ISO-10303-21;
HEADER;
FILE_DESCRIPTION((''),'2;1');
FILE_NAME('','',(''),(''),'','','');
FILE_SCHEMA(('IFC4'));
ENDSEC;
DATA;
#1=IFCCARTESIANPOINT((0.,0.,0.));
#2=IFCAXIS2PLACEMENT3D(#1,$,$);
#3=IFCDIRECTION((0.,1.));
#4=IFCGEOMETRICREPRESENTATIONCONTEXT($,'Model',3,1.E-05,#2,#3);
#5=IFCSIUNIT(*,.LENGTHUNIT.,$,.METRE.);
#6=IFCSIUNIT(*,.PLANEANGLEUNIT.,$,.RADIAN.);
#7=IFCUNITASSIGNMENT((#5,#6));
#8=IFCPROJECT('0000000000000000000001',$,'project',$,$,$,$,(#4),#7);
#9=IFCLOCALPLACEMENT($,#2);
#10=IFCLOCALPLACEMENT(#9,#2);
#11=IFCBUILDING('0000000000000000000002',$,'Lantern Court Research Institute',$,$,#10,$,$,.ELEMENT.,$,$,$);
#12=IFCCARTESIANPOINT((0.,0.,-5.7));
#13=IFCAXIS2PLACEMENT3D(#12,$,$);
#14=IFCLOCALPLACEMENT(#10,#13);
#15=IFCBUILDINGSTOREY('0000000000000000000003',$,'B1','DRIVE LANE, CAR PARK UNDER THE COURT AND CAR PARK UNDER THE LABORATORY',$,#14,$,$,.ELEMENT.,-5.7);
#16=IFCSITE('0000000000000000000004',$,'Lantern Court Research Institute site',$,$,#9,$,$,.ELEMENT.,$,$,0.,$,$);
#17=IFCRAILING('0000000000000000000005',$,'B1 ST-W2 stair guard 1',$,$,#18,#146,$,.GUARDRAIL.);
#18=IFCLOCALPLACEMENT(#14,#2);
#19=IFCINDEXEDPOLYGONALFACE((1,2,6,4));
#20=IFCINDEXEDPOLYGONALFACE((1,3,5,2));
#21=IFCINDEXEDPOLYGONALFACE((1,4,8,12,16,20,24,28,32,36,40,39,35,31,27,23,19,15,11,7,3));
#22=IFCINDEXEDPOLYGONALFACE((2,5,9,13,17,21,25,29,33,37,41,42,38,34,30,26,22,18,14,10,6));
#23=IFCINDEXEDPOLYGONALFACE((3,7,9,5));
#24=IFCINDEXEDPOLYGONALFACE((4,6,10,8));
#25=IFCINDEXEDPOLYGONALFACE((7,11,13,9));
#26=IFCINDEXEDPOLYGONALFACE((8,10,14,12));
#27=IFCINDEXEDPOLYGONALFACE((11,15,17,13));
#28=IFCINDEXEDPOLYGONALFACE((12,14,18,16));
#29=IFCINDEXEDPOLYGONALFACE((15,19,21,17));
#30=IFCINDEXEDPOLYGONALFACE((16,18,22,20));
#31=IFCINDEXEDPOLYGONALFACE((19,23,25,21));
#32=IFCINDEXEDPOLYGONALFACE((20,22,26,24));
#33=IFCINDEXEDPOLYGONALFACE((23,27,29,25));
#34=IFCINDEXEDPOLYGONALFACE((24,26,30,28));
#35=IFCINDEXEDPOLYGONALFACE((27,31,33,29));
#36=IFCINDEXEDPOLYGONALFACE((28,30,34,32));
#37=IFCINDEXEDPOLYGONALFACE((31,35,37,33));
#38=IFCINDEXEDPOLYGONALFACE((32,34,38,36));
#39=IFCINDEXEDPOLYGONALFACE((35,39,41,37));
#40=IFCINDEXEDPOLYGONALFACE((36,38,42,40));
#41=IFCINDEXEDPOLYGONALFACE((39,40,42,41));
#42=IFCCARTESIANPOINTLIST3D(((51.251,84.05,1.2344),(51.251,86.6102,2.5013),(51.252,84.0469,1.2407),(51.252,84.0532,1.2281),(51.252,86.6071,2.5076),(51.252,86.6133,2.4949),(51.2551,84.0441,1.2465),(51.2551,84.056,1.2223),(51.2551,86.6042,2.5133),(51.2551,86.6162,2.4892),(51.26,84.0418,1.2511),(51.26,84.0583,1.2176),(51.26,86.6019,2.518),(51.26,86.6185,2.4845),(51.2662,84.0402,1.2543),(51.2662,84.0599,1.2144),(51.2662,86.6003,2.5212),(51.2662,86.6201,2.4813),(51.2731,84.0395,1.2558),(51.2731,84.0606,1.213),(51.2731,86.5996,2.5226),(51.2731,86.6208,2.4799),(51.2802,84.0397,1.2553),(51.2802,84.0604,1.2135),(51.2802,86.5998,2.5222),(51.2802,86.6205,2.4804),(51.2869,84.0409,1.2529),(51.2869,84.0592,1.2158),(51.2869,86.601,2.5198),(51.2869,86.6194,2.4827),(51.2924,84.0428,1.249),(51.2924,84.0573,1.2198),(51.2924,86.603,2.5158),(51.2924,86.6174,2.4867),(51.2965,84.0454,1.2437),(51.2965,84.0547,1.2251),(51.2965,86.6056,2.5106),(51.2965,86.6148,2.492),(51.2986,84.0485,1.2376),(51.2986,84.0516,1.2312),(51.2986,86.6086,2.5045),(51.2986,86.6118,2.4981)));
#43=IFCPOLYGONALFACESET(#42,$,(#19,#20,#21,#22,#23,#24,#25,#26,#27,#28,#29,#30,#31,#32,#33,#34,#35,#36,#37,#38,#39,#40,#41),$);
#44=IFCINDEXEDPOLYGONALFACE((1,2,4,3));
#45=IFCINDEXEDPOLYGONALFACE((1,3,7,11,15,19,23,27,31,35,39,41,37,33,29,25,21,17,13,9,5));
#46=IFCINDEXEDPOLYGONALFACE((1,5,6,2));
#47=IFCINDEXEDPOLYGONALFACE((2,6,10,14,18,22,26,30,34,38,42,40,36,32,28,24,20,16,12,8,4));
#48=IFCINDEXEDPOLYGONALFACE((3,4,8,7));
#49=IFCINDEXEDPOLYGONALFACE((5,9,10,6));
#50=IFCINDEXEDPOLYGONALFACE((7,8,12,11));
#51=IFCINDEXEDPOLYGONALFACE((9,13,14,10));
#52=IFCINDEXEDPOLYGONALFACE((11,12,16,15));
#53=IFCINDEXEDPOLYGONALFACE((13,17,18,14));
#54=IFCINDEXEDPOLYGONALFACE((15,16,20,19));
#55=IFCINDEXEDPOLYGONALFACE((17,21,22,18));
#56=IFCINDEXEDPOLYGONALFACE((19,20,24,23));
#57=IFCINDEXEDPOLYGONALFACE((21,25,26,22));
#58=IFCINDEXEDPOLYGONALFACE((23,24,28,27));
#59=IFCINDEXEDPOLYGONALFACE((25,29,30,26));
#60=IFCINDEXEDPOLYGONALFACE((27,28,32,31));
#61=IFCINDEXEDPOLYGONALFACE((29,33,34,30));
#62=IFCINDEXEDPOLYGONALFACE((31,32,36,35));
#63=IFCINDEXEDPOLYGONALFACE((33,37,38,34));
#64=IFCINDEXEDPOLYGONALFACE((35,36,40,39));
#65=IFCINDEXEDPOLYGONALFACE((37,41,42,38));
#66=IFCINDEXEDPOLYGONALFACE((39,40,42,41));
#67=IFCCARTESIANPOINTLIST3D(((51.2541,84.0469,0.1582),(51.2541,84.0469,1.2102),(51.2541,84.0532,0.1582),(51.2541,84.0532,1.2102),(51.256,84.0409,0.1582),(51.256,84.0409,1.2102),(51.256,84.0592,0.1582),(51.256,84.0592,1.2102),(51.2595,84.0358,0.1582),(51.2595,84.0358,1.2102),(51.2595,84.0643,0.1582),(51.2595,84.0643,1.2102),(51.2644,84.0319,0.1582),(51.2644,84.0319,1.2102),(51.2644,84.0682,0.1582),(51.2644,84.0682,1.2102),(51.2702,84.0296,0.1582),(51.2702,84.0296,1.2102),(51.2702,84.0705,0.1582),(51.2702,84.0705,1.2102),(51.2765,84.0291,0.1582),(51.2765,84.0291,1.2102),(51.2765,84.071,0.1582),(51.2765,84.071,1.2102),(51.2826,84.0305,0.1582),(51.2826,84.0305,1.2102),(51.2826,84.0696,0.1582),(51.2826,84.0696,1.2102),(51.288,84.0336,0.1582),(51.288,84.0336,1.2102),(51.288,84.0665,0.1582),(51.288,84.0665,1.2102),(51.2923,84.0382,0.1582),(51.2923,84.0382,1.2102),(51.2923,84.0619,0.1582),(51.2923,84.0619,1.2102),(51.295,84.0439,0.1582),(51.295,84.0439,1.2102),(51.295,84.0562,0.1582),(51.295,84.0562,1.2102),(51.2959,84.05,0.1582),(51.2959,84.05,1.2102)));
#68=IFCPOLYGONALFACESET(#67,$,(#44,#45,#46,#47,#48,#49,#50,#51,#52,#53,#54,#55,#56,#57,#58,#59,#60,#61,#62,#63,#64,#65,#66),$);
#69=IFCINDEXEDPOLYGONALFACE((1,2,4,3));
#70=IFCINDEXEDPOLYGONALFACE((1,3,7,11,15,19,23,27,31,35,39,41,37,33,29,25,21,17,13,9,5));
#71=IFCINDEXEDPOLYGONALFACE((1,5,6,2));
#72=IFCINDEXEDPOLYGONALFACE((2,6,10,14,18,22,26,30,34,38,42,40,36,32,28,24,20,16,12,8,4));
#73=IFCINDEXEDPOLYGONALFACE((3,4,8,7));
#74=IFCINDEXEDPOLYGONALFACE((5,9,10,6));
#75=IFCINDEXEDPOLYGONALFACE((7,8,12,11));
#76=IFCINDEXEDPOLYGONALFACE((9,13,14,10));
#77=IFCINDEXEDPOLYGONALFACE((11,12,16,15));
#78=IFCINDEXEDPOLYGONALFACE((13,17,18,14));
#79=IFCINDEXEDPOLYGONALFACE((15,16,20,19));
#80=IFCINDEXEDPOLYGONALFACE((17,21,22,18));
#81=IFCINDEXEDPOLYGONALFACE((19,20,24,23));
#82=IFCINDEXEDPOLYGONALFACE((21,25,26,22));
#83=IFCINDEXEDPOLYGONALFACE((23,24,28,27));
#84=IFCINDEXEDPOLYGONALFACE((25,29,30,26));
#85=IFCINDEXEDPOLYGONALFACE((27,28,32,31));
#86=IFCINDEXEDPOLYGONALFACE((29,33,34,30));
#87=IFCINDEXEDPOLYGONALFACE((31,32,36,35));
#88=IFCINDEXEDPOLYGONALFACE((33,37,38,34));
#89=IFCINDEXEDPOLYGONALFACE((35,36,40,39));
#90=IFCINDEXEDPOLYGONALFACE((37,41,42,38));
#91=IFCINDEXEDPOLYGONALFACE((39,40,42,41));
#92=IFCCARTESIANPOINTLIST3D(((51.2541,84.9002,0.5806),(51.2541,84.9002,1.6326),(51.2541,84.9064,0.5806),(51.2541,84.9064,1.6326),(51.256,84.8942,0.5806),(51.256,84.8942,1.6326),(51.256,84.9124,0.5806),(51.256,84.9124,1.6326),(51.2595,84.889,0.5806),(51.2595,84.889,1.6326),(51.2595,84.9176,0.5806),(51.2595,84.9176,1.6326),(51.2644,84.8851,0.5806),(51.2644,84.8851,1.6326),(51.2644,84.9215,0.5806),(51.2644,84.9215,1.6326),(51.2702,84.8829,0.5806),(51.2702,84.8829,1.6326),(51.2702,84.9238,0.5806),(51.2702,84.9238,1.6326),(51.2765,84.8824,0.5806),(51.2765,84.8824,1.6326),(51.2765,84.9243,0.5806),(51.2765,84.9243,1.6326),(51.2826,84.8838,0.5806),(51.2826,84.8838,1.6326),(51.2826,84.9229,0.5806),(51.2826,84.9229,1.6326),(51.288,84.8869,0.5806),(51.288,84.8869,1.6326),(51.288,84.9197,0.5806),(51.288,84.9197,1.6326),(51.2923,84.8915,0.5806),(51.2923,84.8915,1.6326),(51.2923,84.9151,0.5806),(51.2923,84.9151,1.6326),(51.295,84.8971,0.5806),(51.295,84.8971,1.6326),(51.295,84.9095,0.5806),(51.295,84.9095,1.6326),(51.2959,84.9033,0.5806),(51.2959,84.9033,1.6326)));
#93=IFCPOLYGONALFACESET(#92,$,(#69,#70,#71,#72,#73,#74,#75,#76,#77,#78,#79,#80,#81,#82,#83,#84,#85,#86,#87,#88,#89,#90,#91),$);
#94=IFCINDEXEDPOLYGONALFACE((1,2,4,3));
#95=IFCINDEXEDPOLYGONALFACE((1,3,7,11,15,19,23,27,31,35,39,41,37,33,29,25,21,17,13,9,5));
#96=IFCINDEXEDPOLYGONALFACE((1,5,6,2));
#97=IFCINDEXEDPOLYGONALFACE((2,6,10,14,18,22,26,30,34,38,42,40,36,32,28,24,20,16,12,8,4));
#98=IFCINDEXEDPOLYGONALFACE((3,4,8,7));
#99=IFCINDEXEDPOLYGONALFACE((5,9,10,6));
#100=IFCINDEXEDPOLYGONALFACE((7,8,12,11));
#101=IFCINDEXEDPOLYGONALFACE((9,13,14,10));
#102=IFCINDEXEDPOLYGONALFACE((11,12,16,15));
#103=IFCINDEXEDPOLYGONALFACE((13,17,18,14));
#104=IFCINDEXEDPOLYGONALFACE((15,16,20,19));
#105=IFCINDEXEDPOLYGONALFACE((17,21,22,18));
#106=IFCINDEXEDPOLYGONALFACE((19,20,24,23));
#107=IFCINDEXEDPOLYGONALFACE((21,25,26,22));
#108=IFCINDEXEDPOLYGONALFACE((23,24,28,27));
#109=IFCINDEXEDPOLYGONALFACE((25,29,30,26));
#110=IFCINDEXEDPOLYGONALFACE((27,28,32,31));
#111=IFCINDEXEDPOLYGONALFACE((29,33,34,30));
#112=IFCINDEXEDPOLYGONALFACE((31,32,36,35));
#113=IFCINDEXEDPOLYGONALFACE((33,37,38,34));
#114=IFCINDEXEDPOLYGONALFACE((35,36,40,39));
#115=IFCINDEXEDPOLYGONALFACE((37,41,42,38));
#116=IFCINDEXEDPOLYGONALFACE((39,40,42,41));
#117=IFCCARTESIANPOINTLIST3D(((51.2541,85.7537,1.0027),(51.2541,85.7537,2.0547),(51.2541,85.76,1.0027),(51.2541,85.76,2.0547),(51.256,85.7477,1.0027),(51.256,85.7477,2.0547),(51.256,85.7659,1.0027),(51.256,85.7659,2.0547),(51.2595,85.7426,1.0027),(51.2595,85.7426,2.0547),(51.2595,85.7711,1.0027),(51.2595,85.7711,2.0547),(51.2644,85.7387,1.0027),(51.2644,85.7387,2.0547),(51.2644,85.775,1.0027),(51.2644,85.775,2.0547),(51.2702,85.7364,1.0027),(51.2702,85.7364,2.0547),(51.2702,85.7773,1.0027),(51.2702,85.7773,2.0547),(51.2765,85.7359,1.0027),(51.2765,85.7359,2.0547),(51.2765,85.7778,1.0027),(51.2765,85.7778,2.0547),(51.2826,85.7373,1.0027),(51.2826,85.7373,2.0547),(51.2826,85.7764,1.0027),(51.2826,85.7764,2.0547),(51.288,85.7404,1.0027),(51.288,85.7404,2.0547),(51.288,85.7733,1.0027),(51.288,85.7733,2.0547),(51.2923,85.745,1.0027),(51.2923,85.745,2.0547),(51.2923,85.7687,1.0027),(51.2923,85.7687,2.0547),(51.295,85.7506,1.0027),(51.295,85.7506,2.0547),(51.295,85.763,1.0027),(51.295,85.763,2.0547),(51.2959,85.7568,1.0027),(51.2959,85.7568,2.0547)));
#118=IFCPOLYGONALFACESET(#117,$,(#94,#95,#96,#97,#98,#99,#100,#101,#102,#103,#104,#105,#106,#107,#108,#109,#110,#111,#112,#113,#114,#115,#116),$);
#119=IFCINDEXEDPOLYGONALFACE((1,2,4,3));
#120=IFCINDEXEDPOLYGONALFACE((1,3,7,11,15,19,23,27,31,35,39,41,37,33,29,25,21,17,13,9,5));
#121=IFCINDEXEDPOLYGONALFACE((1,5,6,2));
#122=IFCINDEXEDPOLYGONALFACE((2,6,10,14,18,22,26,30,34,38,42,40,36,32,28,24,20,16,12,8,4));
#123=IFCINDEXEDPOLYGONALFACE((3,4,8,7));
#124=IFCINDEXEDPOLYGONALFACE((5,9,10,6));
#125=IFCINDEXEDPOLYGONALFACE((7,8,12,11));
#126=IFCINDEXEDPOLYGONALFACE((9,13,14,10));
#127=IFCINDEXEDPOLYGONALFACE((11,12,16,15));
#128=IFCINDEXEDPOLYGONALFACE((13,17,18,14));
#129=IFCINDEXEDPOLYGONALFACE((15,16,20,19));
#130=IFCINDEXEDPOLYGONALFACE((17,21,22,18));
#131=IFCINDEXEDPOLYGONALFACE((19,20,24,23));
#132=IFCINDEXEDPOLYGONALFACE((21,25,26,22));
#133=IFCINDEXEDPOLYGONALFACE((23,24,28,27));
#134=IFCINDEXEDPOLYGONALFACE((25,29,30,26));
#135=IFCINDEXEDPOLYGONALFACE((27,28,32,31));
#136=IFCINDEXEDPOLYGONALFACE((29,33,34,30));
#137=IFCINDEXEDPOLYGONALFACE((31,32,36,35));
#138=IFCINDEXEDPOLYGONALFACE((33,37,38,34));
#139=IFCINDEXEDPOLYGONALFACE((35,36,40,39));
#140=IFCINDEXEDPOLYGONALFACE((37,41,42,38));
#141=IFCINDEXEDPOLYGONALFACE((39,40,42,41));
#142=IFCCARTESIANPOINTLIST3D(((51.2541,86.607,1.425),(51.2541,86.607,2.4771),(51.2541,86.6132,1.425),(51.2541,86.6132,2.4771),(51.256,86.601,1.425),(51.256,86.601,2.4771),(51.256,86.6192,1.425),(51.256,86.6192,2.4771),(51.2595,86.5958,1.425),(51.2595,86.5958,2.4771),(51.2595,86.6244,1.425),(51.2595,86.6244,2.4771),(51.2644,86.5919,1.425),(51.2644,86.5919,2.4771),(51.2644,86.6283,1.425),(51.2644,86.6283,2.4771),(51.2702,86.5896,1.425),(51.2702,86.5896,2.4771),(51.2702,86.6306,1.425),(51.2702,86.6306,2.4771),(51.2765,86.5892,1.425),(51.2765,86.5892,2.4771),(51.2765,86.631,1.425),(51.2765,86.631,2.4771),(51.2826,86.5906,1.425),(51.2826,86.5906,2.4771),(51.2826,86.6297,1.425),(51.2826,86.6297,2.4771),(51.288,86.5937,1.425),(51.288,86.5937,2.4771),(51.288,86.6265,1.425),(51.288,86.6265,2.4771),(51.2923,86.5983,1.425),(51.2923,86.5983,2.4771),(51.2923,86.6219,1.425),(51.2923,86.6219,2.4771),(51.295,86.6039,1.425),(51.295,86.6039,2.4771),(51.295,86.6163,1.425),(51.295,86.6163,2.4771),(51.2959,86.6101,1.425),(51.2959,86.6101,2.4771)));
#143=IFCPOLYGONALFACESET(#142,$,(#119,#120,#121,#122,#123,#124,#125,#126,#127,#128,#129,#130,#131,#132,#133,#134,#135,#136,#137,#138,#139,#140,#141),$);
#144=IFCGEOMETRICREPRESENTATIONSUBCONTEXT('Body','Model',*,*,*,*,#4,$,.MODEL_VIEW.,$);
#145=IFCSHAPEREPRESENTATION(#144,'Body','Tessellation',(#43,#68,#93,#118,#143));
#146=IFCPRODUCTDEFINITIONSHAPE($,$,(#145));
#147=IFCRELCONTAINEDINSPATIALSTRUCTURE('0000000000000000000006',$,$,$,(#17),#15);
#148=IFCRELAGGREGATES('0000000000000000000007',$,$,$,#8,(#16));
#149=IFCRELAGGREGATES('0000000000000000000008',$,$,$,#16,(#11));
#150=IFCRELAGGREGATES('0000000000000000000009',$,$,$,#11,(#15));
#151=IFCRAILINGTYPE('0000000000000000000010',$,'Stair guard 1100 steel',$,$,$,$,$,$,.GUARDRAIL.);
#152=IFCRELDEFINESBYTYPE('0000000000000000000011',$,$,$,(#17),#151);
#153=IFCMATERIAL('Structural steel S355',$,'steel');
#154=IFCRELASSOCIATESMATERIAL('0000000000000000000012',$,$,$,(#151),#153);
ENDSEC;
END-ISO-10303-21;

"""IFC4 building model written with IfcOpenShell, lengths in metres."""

from ifc_helpers import new_model, si_unit, direction, frame, origin, origin_2d, place, context, subcontext, project, spatial, circle, extrude, material, type_object, element, save


model = new_model("IFC4")

# Units and contexts
model_context = context("Model", 3, precision=1e-05, world=origin(), true_north=direction((0.0, 1.0)))
body_context = subcontext(model_context, "Body", "Model", "MODEL_VIEW")
ifc_project = project(units=[si_unit("LENGTHUNIT", "METRE"), si_unit("PLANEANGLEUNIT", "RADIAN")], contexts=[model_context])

# Site, building, storey
site_placement = place(None, origin())
site = spatial("IfcSite", under=ifc_project, at=site_placement, Name="Lantern Court Research Institute site", CompositionType="ELEMENT", RefElevation=0.0)
building_placement = place(site_placement, origin())
building = spatial("IfcBuilding", under=site, at=building_placement, Name="Lantern Court Research Institute", CompositionType="ELEMENT")
storey_placement = place(building_placement, frame((0.0, 0.0, -5.7)))
storey = spatial("IfcBuildingStorey", under=building, at=storey_placement, Name="B1", Description="DRIVE LANE, CAR PARK UNDER THE COURT AND CAR PARK UNDER THE LABORATORY", CompositionType="ELEMENT", Elevation=-5.7)

# Railing
ifc_material_1 = material(Name="Structural steel S355", Category="steel")
railing_type_1 = type_object("IfcRailingType", Name="Stair guard 1100 steel", PredefinedType="GUARDRAIL", material=ifc_material_1)
railing_1_placement = place(storey_placement, frame((51.2749, 84.05, 0.1582)))
element("IfcRailing", 1, at=railing_1_placement, inside=storey, type_object=railing_type_1, Name="B1 ST-W2 stair guard 1", PredefinedType="GUARDRAIL", context=body_context, shape_type="SweptSolid", body=[
    extrude(circle(Radius=0.0239, at=origin_2d()), frame((0.0, 0.0, 1.0762), z_axis=(0.0, 0.896266, 0.443517), x_axis=(-1.0, 0.0, 0.0)), (0.0, 0.0, 1.0), 2.8564),
    extrude(circle(Radius=0.021, at=origin_2d()), origin(), (0.0, 0.0, 1.0), 1.052),
    extrude(circle(Radius=0.021, at=origin_2d()), frame((0.0, 0.8533, 0.4224)), (0.0, 0.0, 1.0), 1.052),
    extrude(circle(Radius=0.021, at=origin_2d()), frame((0.0, 1.7068, 0.8445)), (0.0, 0.0, 1.0), 1.052),
    extrude(circle(Radius=0.021, at=origin_2d()), frame((0.0, 2.5601, 1.2668)), (0.0, 0.0, 1.0), 1.052),
])

save(model, "model.ifc")
